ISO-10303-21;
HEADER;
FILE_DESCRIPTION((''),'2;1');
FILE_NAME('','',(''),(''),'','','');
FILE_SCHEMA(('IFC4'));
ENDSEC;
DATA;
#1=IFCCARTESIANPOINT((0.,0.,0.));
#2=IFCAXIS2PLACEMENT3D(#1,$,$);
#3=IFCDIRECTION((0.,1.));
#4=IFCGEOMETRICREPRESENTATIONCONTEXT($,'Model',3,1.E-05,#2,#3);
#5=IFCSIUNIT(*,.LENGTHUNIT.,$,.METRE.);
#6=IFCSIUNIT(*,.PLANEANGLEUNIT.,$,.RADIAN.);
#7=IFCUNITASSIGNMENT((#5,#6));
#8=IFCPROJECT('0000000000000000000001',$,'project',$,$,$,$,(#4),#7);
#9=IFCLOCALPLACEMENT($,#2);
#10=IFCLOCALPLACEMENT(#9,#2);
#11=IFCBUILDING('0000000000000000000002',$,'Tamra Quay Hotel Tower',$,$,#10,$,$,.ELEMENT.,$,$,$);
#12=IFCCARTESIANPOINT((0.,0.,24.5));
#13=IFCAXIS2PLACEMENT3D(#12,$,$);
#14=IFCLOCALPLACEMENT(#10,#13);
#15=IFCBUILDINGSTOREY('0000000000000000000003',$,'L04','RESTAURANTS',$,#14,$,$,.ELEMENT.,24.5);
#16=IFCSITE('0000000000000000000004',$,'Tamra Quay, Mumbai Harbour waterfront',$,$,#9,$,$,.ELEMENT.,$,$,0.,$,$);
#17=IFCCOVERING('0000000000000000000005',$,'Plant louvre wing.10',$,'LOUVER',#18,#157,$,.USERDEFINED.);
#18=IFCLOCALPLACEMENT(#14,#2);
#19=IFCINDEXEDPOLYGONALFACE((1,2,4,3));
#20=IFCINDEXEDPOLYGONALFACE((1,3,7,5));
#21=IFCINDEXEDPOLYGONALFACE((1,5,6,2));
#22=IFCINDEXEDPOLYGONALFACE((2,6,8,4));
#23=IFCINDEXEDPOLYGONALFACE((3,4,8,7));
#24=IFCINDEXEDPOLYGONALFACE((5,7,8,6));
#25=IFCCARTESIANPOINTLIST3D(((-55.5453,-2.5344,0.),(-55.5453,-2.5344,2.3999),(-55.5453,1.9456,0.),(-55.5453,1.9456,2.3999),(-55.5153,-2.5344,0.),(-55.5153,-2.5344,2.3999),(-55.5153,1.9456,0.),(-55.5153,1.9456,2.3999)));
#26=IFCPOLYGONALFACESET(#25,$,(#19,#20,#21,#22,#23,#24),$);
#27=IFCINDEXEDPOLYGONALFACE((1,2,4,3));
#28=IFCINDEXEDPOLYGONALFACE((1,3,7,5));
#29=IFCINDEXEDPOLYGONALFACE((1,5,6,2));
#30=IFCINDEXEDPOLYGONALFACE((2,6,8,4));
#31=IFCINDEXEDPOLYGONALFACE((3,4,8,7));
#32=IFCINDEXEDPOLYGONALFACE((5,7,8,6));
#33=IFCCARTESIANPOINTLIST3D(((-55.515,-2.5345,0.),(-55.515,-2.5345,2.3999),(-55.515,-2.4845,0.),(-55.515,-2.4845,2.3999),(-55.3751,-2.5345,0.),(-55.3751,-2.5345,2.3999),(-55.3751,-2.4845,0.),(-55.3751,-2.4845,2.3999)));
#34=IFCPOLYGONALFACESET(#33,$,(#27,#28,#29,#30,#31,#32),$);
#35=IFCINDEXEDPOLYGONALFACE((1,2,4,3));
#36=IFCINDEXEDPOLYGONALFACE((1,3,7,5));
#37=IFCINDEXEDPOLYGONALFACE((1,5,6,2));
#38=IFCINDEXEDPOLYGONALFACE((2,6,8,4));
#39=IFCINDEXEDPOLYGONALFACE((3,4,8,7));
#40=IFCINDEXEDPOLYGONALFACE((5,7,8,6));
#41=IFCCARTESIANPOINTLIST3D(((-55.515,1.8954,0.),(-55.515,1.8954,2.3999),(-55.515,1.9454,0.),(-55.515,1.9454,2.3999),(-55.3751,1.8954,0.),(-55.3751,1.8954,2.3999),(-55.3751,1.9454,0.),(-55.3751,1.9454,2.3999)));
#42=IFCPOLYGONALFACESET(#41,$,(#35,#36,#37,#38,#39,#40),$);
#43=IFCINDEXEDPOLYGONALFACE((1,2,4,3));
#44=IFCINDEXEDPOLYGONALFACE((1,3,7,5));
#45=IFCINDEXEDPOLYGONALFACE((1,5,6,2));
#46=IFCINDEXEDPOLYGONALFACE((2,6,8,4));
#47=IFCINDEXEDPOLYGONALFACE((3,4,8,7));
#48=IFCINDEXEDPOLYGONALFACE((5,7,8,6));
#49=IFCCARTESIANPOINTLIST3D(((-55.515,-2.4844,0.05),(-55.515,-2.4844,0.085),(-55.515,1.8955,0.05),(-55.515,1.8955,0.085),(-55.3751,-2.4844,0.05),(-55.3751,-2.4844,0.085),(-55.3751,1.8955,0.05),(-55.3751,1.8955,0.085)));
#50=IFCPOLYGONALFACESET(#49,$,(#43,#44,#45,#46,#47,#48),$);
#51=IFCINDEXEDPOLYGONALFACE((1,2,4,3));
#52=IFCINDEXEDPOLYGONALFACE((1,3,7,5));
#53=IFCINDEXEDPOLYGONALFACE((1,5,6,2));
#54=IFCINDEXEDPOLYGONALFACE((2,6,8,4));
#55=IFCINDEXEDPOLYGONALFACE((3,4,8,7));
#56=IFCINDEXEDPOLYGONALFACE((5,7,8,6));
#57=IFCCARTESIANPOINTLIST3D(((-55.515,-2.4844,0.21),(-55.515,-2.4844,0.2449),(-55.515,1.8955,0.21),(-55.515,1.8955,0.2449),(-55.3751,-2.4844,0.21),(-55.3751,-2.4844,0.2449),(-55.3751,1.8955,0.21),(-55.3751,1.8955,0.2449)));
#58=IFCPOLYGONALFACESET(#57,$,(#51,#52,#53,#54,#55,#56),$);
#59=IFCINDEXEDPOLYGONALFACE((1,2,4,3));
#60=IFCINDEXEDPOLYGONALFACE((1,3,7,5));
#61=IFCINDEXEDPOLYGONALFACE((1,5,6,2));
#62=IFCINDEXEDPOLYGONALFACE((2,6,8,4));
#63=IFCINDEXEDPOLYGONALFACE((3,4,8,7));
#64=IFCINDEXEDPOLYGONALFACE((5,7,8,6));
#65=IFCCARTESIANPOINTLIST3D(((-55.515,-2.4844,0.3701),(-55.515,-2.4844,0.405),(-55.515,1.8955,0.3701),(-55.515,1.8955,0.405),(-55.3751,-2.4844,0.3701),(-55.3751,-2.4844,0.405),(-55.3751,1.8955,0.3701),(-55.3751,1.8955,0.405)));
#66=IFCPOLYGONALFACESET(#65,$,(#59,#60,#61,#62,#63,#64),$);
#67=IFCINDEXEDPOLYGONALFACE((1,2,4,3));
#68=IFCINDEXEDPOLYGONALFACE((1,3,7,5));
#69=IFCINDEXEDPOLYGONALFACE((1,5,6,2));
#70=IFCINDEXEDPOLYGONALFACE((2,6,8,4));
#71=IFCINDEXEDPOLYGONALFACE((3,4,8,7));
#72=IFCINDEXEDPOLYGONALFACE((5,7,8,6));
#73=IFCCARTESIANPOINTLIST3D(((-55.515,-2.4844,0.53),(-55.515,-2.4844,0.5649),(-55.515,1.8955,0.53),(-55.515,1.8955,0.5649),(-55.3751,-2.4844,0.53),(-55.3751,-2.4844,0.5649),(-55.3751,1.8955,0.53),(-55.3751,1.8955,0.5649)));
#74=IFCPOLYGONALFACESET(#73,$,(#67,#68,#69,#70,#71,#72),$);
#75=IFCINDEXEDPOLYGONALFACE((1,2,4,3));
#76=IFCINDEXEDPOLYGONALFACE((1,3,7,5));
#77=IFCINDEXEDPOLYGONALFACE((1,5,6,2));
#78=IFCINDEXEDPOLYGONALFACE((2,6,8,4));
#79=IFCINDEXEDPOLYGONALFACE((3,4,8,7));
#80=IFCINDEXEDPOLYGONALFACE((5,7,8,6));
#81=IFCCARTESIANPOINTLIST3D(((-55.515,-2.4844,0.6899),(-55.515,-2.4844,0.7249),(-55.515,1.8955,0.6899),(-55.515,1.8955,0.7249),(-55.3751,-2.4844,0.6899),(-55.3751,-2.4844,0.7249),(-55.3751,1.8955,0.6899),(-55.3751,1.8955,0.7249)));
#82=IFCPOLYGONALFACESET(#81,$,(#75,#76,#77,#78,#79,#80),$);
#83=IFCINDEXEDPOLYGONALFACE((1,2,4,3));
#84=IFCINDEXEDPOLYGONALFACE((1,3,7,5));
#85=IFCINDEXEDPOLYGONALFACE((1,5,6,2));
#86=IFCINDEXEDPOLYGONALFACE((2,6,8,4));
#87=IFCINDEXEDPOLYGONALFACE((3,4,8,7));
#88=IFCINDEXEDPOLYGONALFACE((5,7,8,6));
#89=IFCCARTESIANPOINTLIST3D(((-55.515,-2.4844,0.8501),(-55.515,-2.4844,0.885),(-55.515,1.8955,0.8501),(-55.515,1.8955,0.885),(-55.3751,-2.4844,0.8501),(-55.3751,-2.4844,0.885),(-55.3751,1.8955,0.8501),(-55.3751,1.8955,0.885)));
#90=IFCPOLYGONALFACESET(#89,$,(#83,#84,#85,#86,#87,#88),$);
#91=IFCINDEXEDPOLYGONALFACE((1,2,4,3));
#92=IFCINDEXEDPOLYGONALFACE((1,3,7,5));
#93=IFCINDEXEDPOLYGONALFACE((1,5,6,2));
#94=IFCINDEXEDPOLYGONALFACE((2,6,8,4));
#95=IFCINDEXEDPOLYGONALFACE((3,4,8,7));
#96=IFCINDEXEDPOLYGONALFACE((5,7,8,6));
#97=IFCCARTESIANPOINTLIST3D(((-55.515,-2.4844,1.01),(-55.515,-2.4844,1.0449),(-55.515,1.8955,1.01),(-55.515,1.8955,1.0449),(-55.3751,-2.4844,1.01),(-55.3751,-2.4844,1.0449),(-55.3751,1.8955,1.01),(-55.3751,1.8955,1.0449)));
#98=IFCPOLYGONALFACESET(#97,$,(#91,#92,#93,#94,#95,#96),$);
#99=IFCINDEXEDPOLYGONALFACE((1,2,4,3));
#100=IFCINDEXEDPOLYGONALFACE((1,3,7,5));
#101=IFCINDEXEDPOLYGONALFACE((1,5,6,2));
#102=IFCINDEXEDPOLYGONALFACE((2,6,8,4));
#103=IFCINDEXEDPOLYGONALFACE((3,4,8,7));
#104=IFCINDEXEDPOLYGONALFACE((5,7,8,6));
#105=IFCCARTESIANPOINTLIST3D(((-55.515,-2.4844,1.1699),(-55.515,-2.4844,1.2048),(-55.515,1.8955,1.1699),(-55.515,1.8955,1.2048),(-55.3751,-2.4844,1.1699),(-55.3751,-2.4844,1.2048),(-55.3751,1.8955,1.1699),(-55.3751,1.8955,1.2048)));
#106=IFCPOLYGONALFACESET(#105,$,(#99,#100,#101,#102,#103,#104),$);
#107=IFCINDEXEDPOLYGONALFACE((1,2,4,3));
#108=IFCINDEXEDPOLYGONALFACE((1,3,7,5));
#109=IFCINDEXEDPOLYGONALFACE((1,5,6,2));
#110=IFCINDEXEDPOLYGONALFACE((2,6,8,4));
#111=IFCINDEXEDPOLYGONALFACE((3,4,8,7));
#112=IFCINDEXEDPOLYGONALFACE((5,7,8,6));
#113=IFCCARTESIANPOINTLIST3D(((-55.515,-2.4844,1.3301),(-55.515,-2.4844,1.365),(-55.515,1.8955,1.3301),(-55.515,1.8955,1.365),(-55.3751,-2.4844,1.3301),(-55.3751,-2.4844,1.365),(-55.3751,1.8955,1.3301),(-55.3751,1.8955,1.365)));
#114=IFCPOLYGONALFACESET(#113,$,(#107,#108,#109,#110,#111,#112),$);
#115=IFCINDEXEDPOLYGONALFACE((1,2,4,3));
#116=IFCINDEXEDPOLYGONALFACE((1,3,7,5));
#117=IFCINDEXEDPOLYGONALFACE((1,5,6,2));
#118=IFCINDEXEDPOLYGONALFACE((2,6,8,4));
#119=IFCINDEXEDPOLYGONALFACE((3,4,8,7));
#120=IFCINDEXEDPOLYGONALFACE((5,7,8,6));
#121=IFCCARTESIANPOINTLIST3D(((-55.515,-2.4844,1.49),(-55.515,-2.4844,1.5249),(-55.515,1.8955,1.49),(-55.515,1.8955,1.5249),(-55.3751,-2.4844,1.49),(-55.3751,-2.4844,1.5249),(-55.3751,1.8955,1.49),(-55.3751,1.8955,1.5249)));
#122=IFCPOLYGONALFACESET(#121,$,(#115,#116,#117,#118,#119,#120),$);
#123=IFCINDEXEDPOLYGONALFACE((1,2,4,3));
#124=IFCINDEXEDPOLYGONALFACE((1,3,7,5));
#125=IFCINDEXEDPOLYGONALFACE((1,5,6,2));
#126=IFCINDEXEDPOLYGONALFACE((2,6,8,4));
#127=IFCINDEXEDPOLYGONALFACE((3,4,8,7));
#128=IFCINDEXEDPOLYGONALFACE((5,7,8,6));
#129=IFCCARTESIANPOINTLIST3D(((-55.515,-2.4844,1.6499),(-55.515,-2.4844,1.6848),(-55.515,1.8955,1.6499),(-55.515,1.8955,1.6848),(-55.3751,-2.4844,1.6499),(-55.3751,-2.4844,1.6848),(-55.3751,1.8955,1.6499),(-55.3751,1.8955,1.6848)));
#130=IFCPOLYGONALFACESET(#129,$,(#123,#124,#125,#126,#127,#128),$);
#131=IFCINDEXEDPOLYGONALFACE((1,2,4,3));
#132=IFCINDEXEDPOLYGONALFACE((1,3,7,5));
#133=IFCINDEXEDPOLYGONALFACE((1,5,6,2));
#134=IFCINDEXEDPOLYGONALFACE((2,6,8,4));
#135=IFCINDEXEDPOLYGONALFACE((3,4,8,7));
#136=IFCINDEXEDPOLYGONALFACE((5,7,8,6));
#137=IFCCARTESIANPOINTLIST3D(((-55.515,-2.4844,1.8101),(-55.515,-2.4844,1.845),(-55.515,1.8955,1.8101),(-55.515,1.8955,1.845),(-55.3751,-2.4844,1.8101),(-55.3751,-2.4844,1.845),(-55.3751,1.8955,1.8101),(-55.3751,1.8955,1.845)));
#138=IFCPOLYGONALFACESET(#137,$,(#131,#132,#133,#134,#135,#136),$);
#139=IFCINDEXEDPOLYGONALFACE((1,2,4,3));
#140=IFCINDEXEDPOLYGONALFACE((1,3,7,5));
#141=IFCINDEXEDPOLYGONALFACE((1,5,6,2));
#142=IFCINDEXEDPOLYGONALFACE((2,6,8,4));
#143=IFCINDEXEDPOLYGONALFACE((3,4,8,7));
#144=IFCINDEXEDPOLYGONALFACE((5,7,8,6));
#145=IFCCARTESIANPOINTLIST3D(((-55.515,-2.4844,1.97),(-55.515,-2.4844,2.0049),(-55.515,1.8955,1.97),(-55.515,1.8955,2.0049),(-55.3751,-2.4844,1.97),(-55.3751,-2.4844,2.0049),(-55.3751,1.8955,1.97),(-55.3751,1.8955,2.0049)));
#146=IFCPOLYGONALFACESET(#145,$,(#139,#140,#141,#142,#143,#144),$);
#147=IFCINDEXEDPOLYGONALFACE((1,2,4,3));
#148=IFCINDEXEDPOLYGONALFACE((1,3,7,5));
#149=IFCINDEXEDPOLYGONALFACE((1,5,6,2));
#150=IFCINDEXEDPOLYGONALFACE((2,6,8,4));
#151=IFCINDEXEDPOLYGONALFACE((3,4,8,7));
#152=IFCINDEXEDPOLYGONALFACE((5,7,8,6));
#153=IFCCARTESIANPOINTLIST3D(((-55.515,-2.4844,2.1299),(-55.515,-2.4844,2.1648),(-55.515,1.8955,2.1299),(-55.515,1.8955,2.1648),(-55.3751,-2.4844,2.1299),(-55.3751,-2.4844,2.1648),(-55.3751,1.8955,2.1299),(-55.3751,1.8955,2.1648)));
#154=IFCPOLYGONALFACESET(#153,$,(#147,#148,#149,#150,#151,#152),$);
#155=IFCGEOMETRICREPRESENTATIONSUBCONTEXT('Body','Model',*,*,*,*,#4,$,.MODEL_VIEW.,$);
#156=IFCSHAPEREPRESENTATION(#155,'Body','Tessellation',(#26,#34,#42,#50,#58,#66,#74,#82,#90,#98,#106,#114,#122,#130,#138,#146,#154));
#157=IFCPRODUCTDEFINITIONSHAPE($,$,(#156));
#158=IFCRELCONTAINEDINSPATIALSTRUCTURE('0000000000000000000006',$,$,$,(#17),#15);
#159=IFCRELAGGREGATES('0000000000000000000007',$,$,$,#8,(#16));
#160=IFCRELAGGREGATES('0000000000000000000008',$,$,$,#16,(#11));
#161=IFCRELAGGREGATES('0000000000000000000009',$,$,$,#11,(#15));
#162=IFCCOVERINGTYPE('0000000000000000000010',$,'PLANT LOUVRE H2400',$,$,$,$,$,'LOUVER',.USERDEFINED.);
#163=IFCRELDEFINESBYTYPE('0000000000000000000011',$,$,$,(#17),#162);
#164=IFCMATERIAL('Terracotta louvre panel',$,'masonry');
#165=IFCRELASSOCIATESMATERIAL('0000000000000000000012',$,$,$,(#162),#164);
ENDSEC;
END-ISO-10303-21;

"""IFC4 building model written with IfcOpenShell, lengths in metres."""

from ifc_helpers import new_model, si_unit, direction, frame, frame_2d, origin, place, context, subcontext, project, spatial, rectangle, extrude, source, transform, mapped, material, type_object, element, save


model = new_model("IFC4")

# Units and contexts
model_context = context("Model", 3, precision=1e-05, world=origin(), true_north=direction((0.0, 1.0)))
body_context = subcontext(model_context, "Body", "Model", "MODEL_VIEW")
ifc_project = project(units=[si_unit("LENGTHUNIT", "METRE"), si_unit("PLANEANGLEUNIT", "RADIAN")], contexts=[model_context])

# Site, building, storey
site_placement = place(None, origin())
site = spatial("IfcSite", under=ifc_project, at=site_placement, Name="Tamra Quay, Mumbai Harbour waterfront", CompositionType="ELEMENT", RefElevation=0.0)
building_placement = place(site_placement, origin())
building = spatial("IfcBuilding", under=site, at=building_placement, Name="Tamra Quay Hotel Tower", CompositionType="ELEMENT")
storey_placement = place(building_placement, frame((0.0, 0.0, 24.5)))
storey = spatial("IfcBuildingStorey", under=building, at=storey_placement, Name="L04", Description="RESTAURANTS", CompositionType="ELEMENT", Elevation=24.5)

# Covering
ifc_material_1 = material(Name="Terracotta louvre panel", Category="masonry")
covering_type_1 = type_object("IfcCoveringType", Name="PLANT LOUVRE H2400", ElementType="LOUVER", PredefinedType="USERDEFINED", material=ifc_material_1)
shared_shape_1 = source(origin(), body_context, "Body", "SweptSolid", [
    extrude(rectangle(XDim=4.48, YDim=0.03, at=frame_2d((2.24, 0.0151))), frame((-2.24, -0.03, 0.0)), (0.0, 0.0, 1.0), 2.3999),
    extrude(rectangle(XDim=0.05, YDim=0.1399, at=frame_2d((0.0249, 0.0698))), frame((-2.24, -0.1699, 0.0)), (0.0, 0.0, 1.0), 2.3999),
    extrude(rectangle(XDim=0.05, YDim=0.1399, at=frame_2d((0.0249, 0.0698))), frame((2.1899, -0.1699, 0.0)), (0.0, 0.0, 1.0), 2.3999),
    extrude(rectangle(XDim=4.3799, YDim=0.1399, at=frame_2d((2.1899, 0.0698))), frame((-2.1899, -0.1699, 0.05)), (0.0, 0.0, 1.0), 0.0349),
    extrude(rectangle(XDim=4.3799, YDim=0.1399, at=frame_2d((2.1899, 0.0698))), frame((-2.1899, -0.1699, 0.21)), (0.0, 0.0, 1.0), 0.0349),
    extrude(rectangle(XDim=4.3799, YDim=0.1399, at=frame_2d((2.1899, 0.0698))), frame((-2.1899, -0.1699, 0.3701)), (0.0, 0.0, 1.0), 0.0349),
    extrude(rectangle(XDim=4.3799, YDim=0.1399, at=frame_2d((2.1899, 0.0698))), frame((-2.1899, -0.1699, 0.53)), (0.0, 0.0, 1.0), 0.0349),
    extrude(rectangle(XDim=4.3799, YDim=0.1399, at=frame_2d((2.1899, 0.0698))), frame((-2.1899, -0.1699, 0.6899)), (0.0, 0.0, 1.0), 0.0349),
    extrude(rectangle(XDim=4.3799, YDim=0.1399, at=frame_2d((2.1899, 0.0698))), frame((-2.1899, -0.1699, 0.8501)), (0.0, 0.0, 1.0), 0.0349),
    extrude(rectangle(XDim=4.3799, YDim=0.1399, at=frame_2d((2.1899, 0.0698))), frame((-2.1899, -0.1699, 1.01)), (0.0, 0.0, 1.0), 0.0349),
    extrude(rectangle(XDim=4.3799, YDim=0.1399, at=frame_2d((2.1899, 0.0698))), frame((-2.1899, -0.1699, 1.1699)), (0.0, 0.0, 1.0), 0.0349),
    extrude(rectangle(XDim=4.3799, YDim=0.1399, at=frame_2d((2.1899, 0.0698))), frame((-2.1899, -0.1699, 1.3301)), (0.0, 0.0, 1.0), 0.0349),
    extrude(rectangle(XDim=4.3799, YDim=0.1399, at=frame_2d((2.1899, 0.0698))), frame((-2.1899, -0.1699, 1.49)), (0.0, 0.0, 1.0), 0.0349),
    extrude(rectangle(XDim=4.3799, YDim=0.1399, at=frame_2d((2.1899, 0.0698))), frame((-2.1899, -0.1699, 1.6499)), (0.0, 0.0, 1.0), 0.0349),
    extrude(rectangle(XDim=4.3799, YDim=0.1399, at=frame_2d((2.1899, 0.0698))), frame((-2.1899, -0.1699, 1.8101)), (0.0, 0.0, 1.0), 0.0349),
    extrude(rectangle(XDim=4.3799, YDim=0.1399, at=frame_2d((2.1899, 0.0698))), frame((-2.1899, -0.1699, 1.97)), (0.0, 0.0, 1.0), 0.0349),
    extrude(rectangle(XDim=4.3799, YDim=0.1399, at=frame_2d((2.1899, 0.0698))), frame((-2.1899, -0.1699, 2.1299)), (0.0, 0.0, 1.0), 0.0349),
])
for number, where, z_axis, x_axis, name in (
    (1, (-55.5452, -0.2944, 0.0), (0.0, 0.0, 1.0), (0.0, 1.0, 0.0), "Plant louvre wing.10"),
):
    element("IfcCovering", number, at=place(storey_placement, frame(where, z_axis=z_axis, x_axis=x_axis)), inside=storey, type_object=covering_type_1, Name=name, ObjectType="LOUVER", PredefinedType="USERDEFINED", context=body_context, shape_type="MappedRepresentation", body=[
        mapped(shared_shape_1, transform((0.0, 0.0, 0.0), scale=1.0)),
    ])

save(model, "model.ifc")
